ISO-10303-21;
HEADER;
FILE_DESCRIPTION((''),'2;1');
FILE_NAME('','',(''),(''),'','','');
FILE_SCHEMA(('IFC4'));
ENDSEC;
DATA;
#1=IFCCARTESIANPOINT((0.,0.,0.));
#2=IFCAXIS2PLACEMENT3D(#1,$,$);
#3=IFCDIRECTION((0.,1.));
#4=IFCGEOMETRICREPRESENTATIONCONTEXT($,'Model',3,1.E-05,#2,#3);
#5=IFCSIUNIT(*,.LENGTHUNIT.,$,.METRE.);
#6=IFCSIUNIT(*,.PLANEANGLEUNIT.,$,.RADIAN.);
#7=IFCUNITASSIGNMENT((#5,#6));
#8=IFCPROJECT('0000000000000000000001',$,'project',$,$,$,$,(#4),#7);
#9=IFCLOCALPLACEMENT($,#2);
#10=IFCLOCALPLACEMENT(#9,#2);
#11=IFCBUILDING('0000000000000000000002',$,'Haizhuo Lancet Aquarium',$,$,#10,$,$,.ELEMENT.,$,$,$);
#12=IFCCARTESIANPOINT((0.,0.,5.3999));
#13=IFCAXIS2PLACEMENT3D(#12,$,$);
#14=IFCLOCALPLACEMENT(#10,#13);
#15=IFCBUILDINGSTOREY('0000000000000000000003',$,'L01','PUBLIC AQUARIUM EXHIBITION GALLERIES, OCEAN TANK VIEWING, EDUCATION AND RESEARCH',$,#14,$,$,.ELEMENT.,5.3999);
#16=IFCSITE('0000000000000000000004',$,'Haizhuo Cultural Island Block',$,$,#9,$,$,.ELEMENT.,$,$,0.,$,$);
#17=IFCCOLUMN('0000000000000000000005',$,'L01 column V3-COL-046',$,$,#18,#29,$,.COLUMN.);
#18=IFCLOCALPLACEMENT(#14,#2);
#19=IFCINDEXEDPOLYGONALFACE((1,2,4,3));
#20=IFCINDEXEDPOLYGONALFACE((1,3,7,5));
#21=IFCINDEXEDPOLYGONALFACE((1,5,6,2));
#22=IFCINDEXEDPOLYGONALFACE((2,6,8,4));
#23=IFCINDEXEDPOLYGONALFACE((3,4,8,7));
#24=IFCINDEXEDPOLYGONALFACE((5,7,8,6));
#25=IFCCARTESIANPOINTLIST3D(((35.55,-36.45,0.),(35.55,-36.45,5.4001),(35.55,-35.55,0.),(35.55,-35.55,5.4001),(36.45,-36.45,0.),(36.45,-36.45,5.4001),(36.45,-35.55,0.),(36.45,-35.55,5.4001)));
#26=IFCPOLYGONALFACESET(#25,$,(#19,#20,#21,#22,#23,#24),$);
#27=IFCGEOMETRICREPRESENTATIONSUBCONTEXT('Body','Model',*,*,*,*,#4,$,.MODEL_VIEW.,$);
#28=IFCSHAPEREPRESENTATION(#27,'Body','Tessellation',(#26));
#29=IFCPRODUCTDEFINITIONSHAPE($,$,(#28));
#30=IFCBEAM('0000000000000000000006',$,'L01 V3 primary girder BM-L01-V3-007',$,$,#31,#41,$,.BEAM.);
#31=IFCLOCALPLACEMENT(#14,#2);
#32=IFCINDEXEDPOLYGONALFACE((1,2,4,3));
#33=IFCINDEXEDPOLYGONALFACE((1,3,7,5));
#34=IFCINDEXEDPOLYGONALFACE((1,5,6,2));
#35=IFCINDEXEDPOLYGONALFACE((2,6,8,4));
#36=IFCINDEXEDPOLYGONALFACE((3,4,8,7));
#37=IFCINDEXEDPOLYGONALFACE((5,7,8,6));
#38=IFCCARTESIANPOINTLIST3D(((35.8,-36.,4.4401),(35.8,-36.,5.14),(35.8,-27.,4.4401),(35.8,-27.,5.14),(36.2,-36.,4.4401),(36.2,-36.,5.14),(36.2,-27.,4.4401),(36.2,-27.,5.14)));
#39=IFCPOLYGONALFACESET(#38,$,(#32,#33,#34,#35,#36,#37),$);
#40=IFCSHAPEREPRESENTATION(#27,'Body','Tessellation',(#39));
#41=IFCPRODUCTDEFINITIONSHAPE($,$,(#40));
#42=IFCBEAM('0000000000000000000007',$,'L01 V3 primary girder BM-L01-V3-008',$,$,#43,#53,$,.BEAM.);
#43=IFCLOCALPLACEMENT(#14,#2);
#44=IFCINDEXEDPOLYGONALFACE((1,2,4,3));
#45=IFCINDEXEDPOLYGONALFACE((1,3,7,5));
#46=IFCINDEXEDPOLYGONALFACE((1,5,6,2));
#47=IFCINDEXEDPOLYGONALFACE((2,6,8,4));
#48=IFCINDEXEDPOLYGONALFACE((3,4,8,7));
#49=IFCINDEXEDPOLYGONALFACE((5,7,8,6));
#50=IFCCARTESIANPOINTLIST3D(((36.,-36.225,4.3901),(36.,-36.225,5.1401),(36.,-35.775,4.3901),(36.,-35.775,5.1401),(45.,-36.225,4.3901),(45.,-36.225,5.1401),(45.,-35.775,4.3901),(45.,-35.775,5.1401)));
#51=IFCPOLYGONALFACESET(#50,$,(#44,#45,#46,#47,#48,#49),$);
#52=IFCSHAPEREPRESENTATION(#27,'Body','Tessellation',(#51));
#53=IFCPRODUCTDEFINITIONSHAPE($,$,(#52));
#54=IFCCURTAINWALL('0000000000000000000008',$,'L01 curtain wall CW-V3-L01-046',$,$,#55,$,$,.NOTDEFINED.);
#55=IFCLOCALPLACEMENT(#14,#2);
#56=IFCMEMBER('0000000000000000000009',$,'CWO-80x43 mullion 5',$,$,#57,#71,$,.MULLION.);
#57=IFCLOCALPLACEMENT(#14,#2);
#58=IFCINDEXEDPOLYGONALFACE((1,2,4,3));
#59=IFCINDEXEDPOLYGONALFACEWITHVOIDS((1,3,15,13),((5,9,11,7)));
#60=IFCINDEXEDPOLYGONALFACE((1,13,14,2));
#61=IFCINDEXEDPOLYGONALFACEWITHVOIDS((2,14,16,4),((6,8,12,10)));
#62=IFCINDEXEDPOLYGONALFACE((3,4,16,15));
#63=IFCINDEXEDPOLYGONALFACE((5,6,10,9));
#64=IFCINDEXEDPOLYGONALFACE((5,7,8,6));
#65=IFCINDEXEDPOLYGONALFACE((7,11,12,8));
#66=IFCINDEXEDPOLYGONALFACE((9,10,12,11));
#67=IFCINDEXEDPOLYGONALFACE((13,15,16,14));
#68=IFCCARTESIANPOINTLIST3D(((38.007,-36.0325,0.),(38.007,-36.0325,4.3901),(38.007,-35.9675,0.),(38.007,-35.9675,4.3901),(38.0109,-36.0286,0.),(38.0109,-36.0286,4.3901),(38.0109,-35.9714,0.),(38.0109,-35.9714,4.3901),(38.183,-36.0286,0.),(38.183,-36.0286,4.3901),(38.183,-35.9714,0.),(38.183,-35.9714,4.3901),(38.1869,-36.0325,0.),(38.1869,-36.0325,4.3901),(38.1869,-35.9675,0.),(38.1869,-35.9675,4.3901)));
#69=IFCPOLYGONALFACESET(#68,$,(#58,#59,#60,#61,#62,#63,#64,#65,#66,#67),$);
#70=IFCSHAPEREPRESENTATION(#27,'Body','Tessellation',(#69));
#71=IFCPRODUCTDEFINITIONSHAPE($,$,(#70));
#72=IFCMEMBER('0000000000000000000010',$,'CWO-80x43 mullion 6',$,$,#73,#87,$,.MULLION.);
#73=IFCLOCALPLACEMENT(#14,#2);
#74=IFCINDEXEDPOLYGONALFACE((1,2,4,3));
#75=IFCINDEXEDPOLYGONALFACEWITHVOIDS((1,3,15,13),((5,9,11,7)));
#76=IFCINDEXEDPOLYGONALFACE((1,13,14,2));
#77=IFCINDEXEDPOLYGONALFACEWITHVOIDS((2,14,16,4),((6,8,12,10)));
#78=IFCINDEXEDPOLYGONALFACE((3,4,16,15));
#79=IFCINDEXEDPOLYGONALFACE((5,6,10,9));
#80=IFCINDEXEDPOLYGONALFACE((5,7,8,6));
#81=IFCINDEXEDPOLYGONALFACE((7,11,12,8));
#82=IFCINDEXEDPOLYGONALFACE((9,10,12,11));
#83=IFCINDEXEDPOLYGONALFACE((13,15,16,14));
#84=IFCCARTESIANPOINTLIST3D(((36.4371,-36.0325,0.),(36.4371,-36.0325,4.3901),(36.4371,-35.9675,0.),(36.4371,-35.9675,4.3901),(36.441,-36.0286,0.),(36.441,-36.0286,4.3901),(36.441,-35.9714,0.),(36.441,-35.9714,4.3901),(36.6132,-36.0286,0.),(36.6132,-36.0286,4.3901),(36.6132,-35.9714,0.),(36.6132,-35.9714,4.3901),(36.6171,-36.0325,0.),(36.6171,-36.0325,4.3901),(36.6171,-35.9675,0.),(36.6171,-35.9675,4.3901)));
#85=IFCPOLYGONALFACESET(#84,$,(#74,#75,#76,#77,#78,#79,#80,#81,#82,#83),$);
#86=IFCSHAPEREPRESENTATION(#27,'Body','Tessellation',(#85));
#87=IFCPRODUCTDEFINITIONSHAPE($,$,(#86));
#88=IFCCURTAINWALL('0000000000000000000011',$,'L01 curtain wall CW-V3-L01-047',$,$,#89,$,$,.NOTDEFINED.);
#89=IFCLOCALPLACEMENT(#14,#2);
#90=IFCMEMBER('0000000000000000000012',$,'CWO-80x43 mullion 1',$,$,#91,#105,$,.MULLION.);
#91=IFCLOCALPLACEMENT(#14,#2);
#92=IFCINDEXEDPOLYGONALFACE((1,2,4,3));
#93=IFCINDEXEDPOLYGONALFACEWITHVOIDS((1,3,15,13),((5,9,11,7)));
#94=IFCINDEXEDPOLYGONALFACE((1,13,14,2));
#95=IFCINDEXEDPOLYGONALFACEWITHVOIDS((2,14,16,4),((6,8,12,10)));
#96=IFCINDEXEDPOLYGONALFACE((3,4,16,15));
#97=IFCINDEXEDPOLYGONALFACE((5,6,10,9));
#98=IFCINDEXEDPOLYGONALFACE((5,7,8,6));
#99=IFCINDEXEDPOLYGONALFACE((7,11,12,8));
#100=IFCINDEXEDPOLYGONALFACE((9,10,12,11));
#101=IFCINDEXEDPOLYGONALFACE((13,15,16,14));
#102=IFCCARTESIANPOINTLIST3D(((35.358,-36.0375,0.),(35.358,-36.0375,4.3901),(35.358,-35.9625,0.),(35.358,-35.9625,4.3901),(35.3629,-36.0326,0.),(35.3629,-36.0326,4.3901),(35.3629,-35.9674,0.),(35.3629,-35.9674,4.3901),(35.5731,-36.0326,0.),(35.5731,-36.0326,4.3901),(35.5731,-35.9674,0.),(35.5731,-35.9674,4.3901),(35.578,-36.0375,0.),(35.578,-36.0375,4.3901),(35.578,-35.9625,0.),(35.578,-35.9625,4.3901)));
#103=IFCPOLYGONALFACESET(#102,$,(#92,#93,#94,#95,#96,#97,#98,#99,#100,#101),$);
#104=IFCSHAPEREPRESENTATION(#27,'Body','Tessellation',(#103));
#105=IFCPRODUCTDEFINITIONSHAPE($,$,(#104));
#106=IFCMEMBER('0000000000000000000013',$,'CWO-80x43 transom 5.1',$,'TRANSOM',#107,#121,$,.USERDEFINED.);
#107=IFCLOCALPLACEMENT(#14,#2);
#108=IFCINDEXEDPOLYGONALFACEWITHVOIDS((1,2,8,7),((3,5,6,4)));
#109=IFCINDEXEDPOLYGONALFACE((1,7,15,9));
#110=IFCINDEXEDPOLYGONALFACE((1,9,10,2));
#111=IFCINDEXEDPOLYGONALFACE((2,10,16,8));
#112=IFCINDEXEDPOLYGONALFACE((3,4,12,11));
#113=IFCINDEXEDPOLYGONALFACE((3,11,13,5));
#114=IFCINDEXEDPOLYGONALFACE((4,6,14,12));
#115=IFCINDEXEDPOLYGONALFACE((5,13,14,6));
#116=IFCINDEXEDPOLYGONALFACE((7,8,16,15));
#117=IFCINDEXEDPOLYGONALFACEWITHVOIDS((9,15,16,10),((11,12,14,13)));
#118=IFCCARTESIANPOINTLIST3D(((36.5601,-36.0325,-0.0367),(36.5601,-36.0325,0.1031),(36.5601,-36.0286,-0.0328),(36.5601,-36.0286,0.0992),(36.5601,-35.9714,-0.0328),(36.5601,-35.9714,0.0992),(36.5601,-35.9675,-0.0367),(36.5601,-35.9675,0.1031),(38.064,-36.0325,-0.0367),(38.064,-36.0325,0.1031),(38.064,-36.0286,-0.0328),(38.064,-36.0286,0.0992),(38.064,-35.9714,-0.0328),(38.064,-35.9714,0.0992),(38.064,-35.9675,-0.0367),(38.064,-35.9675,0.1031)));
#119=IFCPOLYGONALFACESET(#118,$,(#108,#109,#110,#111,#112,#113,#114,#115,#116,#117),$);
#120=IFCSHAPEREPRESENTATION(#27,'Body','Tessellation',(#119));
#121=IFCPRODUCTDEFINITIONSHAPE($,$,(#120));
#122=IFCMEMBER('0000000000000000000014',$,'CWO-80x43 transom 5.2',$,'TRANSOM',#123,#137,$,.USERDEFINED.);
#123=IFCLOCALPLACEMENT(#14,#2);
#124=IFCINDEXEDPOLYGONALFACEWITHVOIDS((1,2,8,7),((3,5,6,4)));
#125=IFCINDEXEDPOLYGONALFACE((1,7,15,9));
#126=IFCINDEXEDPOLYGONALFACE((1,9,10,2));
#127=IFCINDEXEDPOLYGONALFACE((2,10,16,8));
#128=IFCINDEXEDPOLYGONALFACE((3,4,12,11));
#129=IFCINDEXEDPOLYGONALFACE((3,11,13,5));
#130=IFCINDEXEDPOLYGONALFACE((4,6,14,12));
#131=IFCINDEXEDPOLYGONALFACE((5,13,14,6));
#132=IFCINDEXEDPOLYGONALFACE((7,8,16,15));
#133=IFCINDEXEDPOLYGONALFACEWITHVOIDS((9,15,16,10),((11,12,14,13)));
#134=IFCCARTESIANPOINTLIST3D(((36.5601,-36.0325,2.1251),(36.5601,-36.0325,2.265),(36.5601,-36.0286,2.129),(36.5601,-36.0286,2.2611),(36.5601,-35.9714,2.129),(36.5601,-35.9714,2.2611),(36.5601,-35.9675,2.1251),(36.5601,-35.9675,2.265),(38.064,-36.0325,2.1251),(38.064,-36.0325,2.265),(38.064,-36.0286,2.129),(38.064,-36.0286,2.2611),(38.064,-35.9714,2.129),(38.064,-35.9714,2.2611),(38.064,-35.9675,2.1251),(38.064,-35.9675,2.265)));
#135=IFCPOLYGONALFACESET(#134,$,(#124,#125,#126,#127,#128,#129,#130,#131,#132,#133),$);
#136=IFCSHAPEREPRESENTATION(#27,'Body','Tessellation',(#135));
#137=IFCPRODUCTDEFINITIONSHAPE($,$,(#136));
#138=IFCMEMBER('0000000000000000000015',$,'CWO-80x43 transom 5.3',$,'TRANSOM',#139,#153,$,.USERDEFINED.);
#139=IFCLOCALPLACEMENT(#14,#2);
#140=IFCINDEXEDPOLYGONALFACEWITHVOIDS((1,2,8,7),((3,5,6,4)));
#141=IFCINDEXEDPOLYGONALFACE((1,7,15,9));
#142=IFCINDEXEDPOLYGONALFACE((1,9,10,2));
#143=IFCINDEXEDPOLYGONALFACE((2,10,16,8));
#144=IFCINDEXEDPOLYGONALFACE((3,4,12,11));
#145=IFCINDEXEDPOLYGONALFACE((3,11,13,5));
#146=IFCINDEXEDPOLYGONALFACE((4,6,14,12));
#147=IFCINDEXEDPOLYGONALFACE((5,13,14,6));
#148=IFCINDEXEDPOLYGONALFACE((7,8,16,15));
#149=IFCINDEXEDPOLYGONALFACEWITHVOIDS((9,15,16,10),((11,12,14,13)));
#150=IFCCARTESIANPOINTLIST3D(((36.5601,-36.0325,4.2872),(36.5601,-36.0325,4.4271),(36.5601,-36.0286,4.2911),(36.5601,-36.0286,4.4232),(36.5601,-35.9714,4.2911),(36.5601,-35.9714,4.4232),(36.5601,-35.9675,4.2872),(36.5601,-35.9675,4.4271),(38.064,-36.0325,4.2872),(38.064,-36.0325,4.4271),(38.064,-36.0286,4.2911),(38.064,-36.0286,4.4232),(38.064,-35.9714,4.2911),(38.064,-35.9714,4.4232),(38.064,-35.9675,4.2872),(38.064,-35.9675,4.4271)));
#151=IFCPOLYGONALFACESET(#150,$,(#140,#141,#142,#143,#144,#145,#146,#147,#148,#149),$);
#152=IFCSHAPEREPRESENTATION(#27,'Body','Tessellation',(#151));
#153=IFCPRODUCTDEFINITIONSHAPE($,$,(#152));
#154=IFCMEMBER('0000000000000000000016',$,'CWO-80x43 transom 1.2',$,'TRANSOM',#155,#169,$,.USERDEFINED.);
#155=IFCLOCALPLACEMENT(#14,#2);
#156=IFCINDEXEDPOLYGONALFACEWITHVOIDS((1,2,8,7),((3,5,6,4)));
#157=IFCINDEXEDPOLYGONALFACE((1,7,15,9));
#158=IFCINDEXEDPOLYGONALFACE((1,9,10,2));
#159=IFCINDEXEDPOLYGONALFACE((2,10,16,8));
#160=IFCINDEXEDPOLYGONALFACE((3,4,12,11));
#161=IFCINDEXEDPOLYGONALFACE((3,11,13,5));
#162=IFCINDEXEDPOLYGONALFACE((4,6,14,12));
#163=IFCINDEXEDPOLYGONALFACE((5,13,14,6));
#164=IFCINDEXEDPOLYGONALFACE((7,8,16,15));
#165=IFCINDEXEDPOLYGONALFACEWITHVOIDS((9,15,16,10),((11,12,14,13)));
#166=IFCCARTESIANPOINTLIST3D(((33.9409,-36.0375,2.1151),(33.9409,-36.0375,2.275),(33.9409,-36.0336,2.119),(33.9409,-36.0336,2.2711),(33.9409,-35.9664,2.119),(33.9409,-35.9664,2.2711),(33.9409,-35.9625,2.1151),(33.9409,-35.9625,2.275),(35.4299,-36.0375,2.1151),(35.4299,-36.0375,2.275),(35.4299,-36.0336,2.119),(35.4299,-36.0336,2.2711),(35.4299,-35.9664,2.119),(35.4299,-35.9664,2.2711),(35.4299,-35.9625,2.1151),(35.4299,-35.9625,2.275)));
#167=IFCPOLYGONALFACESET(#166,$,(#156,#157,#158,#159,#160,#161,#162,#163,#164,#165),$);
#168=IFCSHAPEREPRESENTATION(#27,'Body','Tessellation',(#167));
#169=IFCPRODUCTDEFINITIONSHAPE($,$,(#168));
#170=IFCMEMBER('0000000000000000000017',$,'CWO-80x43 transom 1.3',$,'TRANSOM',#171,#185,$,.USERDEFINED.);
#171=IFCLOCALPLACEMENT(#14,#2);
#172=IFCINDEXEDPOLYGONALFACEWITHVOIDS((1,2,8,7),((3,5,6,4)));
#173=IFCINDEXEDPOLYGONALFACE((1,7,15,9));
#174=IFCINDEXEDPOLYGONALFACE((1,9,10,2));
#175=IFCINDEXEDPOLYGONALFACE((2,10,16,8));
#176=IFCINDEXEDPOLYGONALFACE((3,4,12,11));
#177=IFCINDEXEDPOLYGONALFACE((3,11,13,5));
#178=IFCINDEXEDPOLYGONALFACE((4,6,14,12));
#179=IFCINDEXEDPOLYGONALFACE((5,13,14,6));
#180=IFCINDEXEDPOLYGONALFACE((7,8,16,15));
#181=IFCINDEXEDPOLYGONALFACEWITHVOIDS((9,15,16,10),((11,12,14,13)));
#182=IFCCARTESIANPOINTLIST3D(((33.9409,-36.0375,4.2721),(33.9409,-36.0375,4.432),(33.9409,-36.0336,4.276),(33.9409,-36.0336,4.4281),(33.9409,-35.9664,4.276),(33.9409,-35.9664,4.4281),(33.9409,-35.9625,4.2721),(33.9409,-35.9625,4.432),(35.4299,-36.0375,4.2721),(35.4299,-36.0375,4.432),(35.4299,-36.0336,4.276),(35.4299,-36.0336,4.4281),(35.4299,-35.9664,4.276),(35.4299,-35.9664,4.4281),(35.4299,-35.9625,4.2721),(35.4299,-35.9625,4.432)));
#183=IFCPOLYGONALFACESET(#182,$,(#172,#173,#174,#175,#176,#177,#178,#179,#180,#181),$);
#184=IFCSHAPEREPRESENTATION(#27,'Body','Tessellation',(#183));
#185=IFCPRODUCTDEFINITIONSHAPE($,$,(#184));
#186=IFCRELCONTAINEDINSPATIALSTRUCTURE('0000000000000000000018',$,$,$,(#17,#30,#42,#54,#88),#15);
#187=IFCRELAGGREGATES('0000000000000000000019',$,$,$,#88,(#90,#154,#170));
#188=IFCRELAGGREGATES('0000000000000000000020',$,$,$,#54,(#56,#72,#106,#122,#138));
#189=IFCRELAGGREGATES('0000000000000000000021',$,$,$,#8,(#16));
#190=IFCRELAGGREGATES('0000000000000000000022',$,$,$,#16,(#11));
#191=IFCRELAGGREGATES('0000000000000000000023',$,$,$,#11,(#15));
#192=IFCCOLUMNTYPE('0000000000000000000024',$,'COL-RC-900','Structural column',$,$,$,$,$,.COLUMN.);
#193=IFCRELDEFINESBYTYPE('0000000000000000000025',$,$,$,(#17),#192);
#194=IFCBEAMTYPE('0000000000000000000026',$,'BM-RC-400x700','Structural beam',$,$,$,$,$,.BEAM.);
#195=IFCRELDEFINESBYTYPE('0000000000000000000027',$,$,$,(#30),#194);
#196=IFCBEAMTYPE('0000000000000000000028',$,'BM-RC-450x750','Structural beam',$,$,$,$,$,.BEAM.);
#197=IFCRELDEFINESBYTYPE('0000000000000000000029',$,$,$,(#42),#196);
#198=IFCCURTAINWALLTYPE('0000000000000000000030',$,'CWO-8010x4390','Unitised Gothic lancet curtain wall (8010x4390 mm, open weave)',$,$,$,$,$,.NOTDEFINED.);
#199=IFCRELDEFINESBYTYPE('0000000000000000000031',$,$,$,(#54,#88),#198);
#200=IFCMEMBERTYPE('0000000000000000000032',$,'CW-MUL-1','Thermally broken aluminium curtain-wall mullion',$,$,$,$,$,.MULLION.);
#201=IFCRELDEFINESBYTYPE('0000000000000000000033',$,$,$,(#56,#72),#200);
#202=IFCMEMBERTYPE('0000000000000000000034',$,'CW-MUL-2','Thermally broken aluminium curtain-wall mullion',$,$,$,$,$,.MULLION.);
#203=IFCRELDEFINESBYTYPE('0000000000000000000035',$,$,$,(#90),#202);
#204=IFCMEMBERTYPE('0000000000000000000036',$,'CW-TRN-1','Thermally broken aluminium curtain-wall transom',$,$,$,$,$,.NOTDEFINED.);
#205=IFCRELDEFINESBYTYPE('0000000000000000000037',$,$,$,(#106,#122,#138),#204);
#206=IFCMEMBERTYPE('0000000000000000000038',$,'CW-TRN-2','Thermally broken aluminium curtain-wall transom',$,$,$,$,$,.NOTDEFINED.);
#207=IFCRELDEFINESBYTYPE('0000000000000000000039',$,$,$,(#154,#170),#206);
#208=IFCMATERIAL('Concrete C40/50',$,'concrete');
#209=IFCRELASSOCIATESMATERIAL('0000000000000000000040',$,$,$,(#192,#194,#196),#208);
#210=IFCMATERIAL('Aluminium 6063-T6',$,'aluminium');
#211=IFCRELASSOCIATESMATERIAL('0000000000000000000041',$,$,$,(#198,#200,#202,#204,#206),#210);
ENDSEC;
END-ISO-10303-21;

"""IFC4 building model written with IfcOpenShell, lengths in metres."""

from ifc_helpers import new_model, si_unit, direction, frame, origin, origin_2d, place, context, subcontext, project, spatial, rectangle, hollow_rectangle, extrude, material, material_profile, profile_set, type_object, element, aggregate, save


model = new_model("IFC4")

# Units and contexts
model_context = context("Model", 3, precision=1e-05, world=origin(), true_north=direction((0.0, 1.0)))
body_context = subcontext(model_context, "Body", "Model", "MODEL_VIEW")
ifc_project = project(units=[si_unit("LENGTHUNIT", "METRE"), si_unit("PLANEANGLEUNIT", "RADIAN")], contexts=[model_context])

# Site, building, storey
site_placement = place(None, origin())
site = spatial("IfcSite", under=ifc_project, at=site_placement, Name="Haizhuo Cultural Island Block", CompositionType="ELEMENT", RefElevation=0.0)
building_placement = place(site_placement, origin())
building = spatial("IfcBuilding", under=site, at=building_placement, Name="Haizhuo Lancet Aquarium", CompositionType="ELEMENT")
storey_placement = place(building_placement, frame((0.0, 0.0, 5.3999)))
storey = spatial("IfcBuildingStorey", under=building, at=storey_placement, Name="L01", Description="PUBLIC AQUARIUM EXHIBITION GALLERIES, OCEAN TANK VIEWING, EDUCATION AND RESEARCH", CompositionType="ELEMENT", Elevation=5.3999)

# Column
ifc_material_1 = material(Name="Concrete C40/50", Category="concrete")
ifc_material_profile_1 = material_profile(ifc_material_1, rectangle(XDim=0.8999, YDim=0.8999, at=origin_2d()), Name="RC-COL 900x900")
ifc_profile_set_1 = profile_set([ifc_material_profile_1], Name="Concrete C40/50")
column_type = type_object("IfcColumnType", Name="COL-RC-900", Description="Structural column", PredefinedType="COLUMN", material=ifc_profile_set_1)
column_placement = place(storey_placement, frame((36.0, -36.0, 0.0), z_axis=(0.0, 0.0, 1.0), x_axis=(1.0, 0.0, 0.0)))
element("IfcColumn", 1, at=column_placement, inside=storey, type_object=column_type, Name="L01 column V3-COL-046", PredefinedType="COLUMN", context=body_context, shape_type="SweptSolid", body=[
    extrude(rectangle(XDim=0.8999, YDim=0.8999, at=origin_2d()), origin(), (0.0, 0.0, 1.0), 5.4001),
])

# Beams
ifc_material_profile_2 = material_profile(ifc_material_1, rectangle(XDim=0.3999, YDim=0.7, at=origin_2d()), Name="RC-BM 400x700")
ifc_profile_set_2 = profile_set([ifc_material_profile_2], Name="Concrete C40/50")
beam_type_1 = type_object("IfcBeamType", Name="BM-RC-400x700", Description="Structural beam", PredefinedType="BEAM", material=ifc_profile_set_2)
beam_1_placement = place(storey_placement, frame((36.0, -36.0, 4.79), z_axis=(0.0, 1.0, 0.0), x_axis=(-1.0, 0.0, 0.0)))
element("IfcBeam", 2, at=beam_1_placement, inside=storey, type_object=beam_type_1, Name="L01 V3 primary girder BM-L01-V3-007", PredefinedType="BEAM", context=body_context, shape_type="SweptSolid", body=[
    extrude(rectangle(XDim=0.3999, YDim=0.7, at=origin_2d()), origin(), (0.0, 0.0, 1.0), 9.0),
])
ifc_material_profile_3 = material_profile(ifc_material_1, rectangle(XDim=0.45, YDim=0.75, at=origin_2d()), Name="RC-BM 450x750")
ifc_profile_set_3 = profile_set([ifc_material_profile_3], Name="Concrete C40/50")
beam_type_2 = type_object("IfcBeamType", Name="BM-RC-450x750", Description="Structural beam", PredefinedType="BEAM", material=ifc_profile_set_3)
beam_2_placement = place(storey_placement, frame((36.0, -36.0, 4.7651), z_axis=(1.0, 0.0, 0.0), x_axis=(0.0, 1.0, 0.0)))
element("IfcBeam", 3, at=beam_2_placement, inside=storey, type_object=beam_type_2, Name="L01 V3 primary girder BM-L01-V3-008", PredefinedType="BEAM", context=body_context, shape_type="SweptSolid", body=[
    extrude(rectangle(XDim=0.45, YDim=0.75, at=origin_2d()), origin(), (0.0, 0.0, 1.0), 9.0),
])

# Curtain wall, members
ifc_material_2 = material(Name="Aluminium 6063-T6", Category="aluminium")
curtain_wall_type = type_object("IfcCurtainWallType", Name="CWO-8010x4390", Description="Unitised Gothic lancet curtain wall (8010x4390 mm, open weave)", PredefinedType="NOTDEFINED", material=ifc_material_2)
curtain_wall_1_placement = place(storey_placement, origin())
curtain_wall_1 = element("IfcCurtainWall", 4, at=curtain_wall_1_placement, inside=storey, type_object=curtain_wall_type, Name="L01 curtain wall CW-V3-L01-046", PredefinedType="NOTDEFINED")
ifc_material_profile_4 = material_profile(ifc_material_2, hollow_rectangle(XDim=0.0649, YDim=0.1799, WallThickness=0.0039, at=origin_2d()), Name="ALU-M 65x180x4")
ifc_profile_set_4 = profile_set([ifc_material_profile_4], Name="Aluminium 6063-T6")
member_type_1 = type_object("IfcMemberType", Name="CW-MUL-1", Description="Thermally broken aluminium curtain-wall mullion", PredefinedType="MULLION", material=ifc_profile_set_4)
member_1_placement = place(storey_placement, frame((38.0969, -36.0, 0.0), z_axis=(0.0, 0.0, 1.0), x_axis=(0.0, -1.0, 0.0)))
member_1 = element("IfcMember", 5, at=member_1_placement, type_object=member_type_1, Name="CWO-80x43 mullion 5", PredefinedType="MULLION", context=body_context, shape_type="SweptSolid", body=[
    extrude(hollow_rectangle(XDim=0.0649, YDim=0.1799, WallThickness=0.0039, at=origin_2d()), origin(), (0.0, 0.0, 1.0), 4.3901),
])
member_2_placement = place(storey_placement, frame((36.5271, -36.0, 0.0), z_axis=(0.0, 0.0, 1.0), x_axis=(0.0, -1.0, 0.0)))
member_2 = element("IfcMember", 6, at=member_2_placement, type_object=member_type_1, Name="CWO-80x43 mullion 6", PredefinedType="MULLION", context=body_context, shape_type="SweptSolid", body=[
    extrude(hollow_rectangle(XDim=0.0649, YDim=0.1799, WallThickness=0.0039, at=origin_2d()), origin(), (0.0, 0.0, 1.0), 4.3901),
])

# Curtain wall, member
curtain_wall_2_placement = place(storey_placement, origin())
curtain_wall_2 = element("IfcCurtainWall", 7, at=curtain_wall_2_placement, inside=storey, type_object=curtain_wall_type, Name="L01 curtain wall CW-V3-L01-047", PredefinedType="NOTDEFINED")
ifc_material_profile_5 = material_profile(ifc_material_2, hollow_rectangle(XDim=0.075, YDim=0.22, WallThickness=0.0049, at=origin_2d()), Name="ALU-M 75x220x5")
ifc_profile_set_5 = profile_set([ifc_material_profile_5], Name="Aluminium 6063-T6")
member_type_2 = type_object("IfcMemberType", Name="CW-MUL-2", Description="Thermally broken aluminium curtain-wall mullion", PredefinedType="MULLION", material=ifc_profile_set_5)
member_3_placement = place(storey_placement, frame((35.468, -36.0, 0.0), z_axis=(0.0, 0.0, 1.0), x_axis=(0.0, -1.0, 0.0)))
member_3 = element("IfcMember", 8, at=member_3_placement, type_object=member_type_2, Name="CWO-80x43 mullion 1", PredefinedType="MULLION", context=body_context, shape_type="SweptSolid", body=[
    extrude(hollow_rectangle(XDim=0.075, YDim=0.22, WallThickness=0.0049, at=origin_2d()), origin(), (0.0, 0.0, 1.0), 4.3901),
])

# Members
ifc_material_profile_6 = material_profile(ifc_material_2, hollow_rectangle(XDim=0.0649, YDim=0.1399, WallThickness=0.0039, at=origin_2d()), Name="ALU-T 65x140x4")
ifc_profile_set_6 = profile_set([ifc_material_profile_6], Name="Aluminium 6063-T6")
member_type_3 = type_object("IfcMemberType", Name="CW-TRN-1", Description="Thermally broken aluminium curtain-wall transom", PredefinedType="NOTDEFINED", material=ifc_profile_set_6)
member_4_placement = place(storey_placement, frame((38.064, -36.0, 0.0332), z_axis=(-1.0, 0.0, 0.0), x_axis=(0.0, -1.0, 0.0)))
member_4 = element("IfcMember", 9, at=member_4_placement, type_object=member_type_3, Name="CWO-80x43 transom 5.1", ObjectType="TRANSOM", PredefinedType="USERDEFINED", context=body_context, shape_type="SweptSolid", body=[
    extrude(hollow_rectangle(XDim=0.0649, YDim=0.1399, WallThickness=0.0039, at=origin_2d()), origin(), (0.0, 0.0, 1.0), 1.5039),
])
member_5_placement = place(storey_placement, frame((38.064, -36.0, 2.1951), z_axis=(-1.0, 0.0, 0.0), x_axis=(0.0, -1.0, 0.0)))
member_5 = element("IfcMember", 10, at=member_5_placement, type_object=member_type_3, Name="CWO-80x43 transom 5.2", ObjectType="TRANSOM", PredefinedType="USERDEFINED", context=body_context, shape_type="SweptSolid", body=[
    extrude(hollow_rectangle(XDim=0.0649, YDim=0.1399, WallThickness=0.0039, at=origin_2d()), origin(), (0.0, 0.0, 1.0), 1.5039),
])
member_6_placement = place(storey_placement, frame((38.064, -36.0, 4.3572), z_axis=(-1.0, 0.0, 0.0), x_axis=(0.0, -1.0, 0.0)))
member_6 = element("IfcMember", 11, at=member_6_placement, type_object=member_type_3, Name="CWO-80x43 transom 5.3", ObjectType="TRANSOM", PredefinedType="USERDEFINED", context=body_context, shape_type="SweptSolid", body=[
    extrude(hollow_rectangle(XDim=0.0649, YDim=0.1399, WallThickness=0.0039, at=origin_2d()), origin(), (0.0, 0.0, 1.0), 1.5039),
])
ifc_material_profile_7 = material_profile(ifc_material_2, hollow_rectangle(XDim=0.075, YDim=0.1599, WallThickness=0.0039, at=origin_2d()), Name="ALU-T 75x160x4")
ifc_profile_set_7 = profile_set([ifc_material_profile_7], Name="Aluminium 6063-T6")
member_type_4 = type_object("IfcMemberType", Name="CW-TRN-2", Description="Thermally broken aluminium curtain-wall transom", PredefinedType="NOTDEFINED", material=ifc_profile_set_7)
member_7_placement = place(storey_placement, frame((35.4299, -36.0, 2.1951), z_axis=(-1.0, 0.0, 0.0), x_axis=(0.0, -1.0, 0.0)))
member_7 = element("IfcMember", 12, at=member_7_placement, type_object=member_type_4, Name="CWO-80x43 transom 1.2", ObjectType="TRANSOM", PredefinedType="USERDEFINED", context=body_context, shape_type="SweptSolid", body=[
    extrude(hollow_rectangle(XDim=0.075, YDim=0.1599, WallThickness=0.0039, at=origin_2d()), origin(), (0.0, 0.0, 1.0), 1.489),
])
member_8_placement = place(storey_placement, frame((35.4299, -36.0, 4.3521), z_axis=(-1.0, 0.0, 0.0), x_axis=(0.0, -1.0, 0.0)))
member_8 = element("IfcMember", 13, at=member_8_placement, type_object=member_type_4, Name="CWO-80x43 transom 1.3", ObjectType="TRANSOM", PredefinedType="USERDEFINED", context=body_context, shape_type="SweptSolid", body=[
    extrude(hollow_rectangle(XDim=0.075, YDim=0.1599, WallThickness=0.0039, at=origin_2d()), origin(), (0.0, 0.0, 1.0), 1.489),
])
aggregate(curtain_wall_2, [member_3, member_7, member_8])

aggregate(curtain_wall_1, [member_1, member_2, member_4, member_5, member_6])

save(model, "model.ifc")
